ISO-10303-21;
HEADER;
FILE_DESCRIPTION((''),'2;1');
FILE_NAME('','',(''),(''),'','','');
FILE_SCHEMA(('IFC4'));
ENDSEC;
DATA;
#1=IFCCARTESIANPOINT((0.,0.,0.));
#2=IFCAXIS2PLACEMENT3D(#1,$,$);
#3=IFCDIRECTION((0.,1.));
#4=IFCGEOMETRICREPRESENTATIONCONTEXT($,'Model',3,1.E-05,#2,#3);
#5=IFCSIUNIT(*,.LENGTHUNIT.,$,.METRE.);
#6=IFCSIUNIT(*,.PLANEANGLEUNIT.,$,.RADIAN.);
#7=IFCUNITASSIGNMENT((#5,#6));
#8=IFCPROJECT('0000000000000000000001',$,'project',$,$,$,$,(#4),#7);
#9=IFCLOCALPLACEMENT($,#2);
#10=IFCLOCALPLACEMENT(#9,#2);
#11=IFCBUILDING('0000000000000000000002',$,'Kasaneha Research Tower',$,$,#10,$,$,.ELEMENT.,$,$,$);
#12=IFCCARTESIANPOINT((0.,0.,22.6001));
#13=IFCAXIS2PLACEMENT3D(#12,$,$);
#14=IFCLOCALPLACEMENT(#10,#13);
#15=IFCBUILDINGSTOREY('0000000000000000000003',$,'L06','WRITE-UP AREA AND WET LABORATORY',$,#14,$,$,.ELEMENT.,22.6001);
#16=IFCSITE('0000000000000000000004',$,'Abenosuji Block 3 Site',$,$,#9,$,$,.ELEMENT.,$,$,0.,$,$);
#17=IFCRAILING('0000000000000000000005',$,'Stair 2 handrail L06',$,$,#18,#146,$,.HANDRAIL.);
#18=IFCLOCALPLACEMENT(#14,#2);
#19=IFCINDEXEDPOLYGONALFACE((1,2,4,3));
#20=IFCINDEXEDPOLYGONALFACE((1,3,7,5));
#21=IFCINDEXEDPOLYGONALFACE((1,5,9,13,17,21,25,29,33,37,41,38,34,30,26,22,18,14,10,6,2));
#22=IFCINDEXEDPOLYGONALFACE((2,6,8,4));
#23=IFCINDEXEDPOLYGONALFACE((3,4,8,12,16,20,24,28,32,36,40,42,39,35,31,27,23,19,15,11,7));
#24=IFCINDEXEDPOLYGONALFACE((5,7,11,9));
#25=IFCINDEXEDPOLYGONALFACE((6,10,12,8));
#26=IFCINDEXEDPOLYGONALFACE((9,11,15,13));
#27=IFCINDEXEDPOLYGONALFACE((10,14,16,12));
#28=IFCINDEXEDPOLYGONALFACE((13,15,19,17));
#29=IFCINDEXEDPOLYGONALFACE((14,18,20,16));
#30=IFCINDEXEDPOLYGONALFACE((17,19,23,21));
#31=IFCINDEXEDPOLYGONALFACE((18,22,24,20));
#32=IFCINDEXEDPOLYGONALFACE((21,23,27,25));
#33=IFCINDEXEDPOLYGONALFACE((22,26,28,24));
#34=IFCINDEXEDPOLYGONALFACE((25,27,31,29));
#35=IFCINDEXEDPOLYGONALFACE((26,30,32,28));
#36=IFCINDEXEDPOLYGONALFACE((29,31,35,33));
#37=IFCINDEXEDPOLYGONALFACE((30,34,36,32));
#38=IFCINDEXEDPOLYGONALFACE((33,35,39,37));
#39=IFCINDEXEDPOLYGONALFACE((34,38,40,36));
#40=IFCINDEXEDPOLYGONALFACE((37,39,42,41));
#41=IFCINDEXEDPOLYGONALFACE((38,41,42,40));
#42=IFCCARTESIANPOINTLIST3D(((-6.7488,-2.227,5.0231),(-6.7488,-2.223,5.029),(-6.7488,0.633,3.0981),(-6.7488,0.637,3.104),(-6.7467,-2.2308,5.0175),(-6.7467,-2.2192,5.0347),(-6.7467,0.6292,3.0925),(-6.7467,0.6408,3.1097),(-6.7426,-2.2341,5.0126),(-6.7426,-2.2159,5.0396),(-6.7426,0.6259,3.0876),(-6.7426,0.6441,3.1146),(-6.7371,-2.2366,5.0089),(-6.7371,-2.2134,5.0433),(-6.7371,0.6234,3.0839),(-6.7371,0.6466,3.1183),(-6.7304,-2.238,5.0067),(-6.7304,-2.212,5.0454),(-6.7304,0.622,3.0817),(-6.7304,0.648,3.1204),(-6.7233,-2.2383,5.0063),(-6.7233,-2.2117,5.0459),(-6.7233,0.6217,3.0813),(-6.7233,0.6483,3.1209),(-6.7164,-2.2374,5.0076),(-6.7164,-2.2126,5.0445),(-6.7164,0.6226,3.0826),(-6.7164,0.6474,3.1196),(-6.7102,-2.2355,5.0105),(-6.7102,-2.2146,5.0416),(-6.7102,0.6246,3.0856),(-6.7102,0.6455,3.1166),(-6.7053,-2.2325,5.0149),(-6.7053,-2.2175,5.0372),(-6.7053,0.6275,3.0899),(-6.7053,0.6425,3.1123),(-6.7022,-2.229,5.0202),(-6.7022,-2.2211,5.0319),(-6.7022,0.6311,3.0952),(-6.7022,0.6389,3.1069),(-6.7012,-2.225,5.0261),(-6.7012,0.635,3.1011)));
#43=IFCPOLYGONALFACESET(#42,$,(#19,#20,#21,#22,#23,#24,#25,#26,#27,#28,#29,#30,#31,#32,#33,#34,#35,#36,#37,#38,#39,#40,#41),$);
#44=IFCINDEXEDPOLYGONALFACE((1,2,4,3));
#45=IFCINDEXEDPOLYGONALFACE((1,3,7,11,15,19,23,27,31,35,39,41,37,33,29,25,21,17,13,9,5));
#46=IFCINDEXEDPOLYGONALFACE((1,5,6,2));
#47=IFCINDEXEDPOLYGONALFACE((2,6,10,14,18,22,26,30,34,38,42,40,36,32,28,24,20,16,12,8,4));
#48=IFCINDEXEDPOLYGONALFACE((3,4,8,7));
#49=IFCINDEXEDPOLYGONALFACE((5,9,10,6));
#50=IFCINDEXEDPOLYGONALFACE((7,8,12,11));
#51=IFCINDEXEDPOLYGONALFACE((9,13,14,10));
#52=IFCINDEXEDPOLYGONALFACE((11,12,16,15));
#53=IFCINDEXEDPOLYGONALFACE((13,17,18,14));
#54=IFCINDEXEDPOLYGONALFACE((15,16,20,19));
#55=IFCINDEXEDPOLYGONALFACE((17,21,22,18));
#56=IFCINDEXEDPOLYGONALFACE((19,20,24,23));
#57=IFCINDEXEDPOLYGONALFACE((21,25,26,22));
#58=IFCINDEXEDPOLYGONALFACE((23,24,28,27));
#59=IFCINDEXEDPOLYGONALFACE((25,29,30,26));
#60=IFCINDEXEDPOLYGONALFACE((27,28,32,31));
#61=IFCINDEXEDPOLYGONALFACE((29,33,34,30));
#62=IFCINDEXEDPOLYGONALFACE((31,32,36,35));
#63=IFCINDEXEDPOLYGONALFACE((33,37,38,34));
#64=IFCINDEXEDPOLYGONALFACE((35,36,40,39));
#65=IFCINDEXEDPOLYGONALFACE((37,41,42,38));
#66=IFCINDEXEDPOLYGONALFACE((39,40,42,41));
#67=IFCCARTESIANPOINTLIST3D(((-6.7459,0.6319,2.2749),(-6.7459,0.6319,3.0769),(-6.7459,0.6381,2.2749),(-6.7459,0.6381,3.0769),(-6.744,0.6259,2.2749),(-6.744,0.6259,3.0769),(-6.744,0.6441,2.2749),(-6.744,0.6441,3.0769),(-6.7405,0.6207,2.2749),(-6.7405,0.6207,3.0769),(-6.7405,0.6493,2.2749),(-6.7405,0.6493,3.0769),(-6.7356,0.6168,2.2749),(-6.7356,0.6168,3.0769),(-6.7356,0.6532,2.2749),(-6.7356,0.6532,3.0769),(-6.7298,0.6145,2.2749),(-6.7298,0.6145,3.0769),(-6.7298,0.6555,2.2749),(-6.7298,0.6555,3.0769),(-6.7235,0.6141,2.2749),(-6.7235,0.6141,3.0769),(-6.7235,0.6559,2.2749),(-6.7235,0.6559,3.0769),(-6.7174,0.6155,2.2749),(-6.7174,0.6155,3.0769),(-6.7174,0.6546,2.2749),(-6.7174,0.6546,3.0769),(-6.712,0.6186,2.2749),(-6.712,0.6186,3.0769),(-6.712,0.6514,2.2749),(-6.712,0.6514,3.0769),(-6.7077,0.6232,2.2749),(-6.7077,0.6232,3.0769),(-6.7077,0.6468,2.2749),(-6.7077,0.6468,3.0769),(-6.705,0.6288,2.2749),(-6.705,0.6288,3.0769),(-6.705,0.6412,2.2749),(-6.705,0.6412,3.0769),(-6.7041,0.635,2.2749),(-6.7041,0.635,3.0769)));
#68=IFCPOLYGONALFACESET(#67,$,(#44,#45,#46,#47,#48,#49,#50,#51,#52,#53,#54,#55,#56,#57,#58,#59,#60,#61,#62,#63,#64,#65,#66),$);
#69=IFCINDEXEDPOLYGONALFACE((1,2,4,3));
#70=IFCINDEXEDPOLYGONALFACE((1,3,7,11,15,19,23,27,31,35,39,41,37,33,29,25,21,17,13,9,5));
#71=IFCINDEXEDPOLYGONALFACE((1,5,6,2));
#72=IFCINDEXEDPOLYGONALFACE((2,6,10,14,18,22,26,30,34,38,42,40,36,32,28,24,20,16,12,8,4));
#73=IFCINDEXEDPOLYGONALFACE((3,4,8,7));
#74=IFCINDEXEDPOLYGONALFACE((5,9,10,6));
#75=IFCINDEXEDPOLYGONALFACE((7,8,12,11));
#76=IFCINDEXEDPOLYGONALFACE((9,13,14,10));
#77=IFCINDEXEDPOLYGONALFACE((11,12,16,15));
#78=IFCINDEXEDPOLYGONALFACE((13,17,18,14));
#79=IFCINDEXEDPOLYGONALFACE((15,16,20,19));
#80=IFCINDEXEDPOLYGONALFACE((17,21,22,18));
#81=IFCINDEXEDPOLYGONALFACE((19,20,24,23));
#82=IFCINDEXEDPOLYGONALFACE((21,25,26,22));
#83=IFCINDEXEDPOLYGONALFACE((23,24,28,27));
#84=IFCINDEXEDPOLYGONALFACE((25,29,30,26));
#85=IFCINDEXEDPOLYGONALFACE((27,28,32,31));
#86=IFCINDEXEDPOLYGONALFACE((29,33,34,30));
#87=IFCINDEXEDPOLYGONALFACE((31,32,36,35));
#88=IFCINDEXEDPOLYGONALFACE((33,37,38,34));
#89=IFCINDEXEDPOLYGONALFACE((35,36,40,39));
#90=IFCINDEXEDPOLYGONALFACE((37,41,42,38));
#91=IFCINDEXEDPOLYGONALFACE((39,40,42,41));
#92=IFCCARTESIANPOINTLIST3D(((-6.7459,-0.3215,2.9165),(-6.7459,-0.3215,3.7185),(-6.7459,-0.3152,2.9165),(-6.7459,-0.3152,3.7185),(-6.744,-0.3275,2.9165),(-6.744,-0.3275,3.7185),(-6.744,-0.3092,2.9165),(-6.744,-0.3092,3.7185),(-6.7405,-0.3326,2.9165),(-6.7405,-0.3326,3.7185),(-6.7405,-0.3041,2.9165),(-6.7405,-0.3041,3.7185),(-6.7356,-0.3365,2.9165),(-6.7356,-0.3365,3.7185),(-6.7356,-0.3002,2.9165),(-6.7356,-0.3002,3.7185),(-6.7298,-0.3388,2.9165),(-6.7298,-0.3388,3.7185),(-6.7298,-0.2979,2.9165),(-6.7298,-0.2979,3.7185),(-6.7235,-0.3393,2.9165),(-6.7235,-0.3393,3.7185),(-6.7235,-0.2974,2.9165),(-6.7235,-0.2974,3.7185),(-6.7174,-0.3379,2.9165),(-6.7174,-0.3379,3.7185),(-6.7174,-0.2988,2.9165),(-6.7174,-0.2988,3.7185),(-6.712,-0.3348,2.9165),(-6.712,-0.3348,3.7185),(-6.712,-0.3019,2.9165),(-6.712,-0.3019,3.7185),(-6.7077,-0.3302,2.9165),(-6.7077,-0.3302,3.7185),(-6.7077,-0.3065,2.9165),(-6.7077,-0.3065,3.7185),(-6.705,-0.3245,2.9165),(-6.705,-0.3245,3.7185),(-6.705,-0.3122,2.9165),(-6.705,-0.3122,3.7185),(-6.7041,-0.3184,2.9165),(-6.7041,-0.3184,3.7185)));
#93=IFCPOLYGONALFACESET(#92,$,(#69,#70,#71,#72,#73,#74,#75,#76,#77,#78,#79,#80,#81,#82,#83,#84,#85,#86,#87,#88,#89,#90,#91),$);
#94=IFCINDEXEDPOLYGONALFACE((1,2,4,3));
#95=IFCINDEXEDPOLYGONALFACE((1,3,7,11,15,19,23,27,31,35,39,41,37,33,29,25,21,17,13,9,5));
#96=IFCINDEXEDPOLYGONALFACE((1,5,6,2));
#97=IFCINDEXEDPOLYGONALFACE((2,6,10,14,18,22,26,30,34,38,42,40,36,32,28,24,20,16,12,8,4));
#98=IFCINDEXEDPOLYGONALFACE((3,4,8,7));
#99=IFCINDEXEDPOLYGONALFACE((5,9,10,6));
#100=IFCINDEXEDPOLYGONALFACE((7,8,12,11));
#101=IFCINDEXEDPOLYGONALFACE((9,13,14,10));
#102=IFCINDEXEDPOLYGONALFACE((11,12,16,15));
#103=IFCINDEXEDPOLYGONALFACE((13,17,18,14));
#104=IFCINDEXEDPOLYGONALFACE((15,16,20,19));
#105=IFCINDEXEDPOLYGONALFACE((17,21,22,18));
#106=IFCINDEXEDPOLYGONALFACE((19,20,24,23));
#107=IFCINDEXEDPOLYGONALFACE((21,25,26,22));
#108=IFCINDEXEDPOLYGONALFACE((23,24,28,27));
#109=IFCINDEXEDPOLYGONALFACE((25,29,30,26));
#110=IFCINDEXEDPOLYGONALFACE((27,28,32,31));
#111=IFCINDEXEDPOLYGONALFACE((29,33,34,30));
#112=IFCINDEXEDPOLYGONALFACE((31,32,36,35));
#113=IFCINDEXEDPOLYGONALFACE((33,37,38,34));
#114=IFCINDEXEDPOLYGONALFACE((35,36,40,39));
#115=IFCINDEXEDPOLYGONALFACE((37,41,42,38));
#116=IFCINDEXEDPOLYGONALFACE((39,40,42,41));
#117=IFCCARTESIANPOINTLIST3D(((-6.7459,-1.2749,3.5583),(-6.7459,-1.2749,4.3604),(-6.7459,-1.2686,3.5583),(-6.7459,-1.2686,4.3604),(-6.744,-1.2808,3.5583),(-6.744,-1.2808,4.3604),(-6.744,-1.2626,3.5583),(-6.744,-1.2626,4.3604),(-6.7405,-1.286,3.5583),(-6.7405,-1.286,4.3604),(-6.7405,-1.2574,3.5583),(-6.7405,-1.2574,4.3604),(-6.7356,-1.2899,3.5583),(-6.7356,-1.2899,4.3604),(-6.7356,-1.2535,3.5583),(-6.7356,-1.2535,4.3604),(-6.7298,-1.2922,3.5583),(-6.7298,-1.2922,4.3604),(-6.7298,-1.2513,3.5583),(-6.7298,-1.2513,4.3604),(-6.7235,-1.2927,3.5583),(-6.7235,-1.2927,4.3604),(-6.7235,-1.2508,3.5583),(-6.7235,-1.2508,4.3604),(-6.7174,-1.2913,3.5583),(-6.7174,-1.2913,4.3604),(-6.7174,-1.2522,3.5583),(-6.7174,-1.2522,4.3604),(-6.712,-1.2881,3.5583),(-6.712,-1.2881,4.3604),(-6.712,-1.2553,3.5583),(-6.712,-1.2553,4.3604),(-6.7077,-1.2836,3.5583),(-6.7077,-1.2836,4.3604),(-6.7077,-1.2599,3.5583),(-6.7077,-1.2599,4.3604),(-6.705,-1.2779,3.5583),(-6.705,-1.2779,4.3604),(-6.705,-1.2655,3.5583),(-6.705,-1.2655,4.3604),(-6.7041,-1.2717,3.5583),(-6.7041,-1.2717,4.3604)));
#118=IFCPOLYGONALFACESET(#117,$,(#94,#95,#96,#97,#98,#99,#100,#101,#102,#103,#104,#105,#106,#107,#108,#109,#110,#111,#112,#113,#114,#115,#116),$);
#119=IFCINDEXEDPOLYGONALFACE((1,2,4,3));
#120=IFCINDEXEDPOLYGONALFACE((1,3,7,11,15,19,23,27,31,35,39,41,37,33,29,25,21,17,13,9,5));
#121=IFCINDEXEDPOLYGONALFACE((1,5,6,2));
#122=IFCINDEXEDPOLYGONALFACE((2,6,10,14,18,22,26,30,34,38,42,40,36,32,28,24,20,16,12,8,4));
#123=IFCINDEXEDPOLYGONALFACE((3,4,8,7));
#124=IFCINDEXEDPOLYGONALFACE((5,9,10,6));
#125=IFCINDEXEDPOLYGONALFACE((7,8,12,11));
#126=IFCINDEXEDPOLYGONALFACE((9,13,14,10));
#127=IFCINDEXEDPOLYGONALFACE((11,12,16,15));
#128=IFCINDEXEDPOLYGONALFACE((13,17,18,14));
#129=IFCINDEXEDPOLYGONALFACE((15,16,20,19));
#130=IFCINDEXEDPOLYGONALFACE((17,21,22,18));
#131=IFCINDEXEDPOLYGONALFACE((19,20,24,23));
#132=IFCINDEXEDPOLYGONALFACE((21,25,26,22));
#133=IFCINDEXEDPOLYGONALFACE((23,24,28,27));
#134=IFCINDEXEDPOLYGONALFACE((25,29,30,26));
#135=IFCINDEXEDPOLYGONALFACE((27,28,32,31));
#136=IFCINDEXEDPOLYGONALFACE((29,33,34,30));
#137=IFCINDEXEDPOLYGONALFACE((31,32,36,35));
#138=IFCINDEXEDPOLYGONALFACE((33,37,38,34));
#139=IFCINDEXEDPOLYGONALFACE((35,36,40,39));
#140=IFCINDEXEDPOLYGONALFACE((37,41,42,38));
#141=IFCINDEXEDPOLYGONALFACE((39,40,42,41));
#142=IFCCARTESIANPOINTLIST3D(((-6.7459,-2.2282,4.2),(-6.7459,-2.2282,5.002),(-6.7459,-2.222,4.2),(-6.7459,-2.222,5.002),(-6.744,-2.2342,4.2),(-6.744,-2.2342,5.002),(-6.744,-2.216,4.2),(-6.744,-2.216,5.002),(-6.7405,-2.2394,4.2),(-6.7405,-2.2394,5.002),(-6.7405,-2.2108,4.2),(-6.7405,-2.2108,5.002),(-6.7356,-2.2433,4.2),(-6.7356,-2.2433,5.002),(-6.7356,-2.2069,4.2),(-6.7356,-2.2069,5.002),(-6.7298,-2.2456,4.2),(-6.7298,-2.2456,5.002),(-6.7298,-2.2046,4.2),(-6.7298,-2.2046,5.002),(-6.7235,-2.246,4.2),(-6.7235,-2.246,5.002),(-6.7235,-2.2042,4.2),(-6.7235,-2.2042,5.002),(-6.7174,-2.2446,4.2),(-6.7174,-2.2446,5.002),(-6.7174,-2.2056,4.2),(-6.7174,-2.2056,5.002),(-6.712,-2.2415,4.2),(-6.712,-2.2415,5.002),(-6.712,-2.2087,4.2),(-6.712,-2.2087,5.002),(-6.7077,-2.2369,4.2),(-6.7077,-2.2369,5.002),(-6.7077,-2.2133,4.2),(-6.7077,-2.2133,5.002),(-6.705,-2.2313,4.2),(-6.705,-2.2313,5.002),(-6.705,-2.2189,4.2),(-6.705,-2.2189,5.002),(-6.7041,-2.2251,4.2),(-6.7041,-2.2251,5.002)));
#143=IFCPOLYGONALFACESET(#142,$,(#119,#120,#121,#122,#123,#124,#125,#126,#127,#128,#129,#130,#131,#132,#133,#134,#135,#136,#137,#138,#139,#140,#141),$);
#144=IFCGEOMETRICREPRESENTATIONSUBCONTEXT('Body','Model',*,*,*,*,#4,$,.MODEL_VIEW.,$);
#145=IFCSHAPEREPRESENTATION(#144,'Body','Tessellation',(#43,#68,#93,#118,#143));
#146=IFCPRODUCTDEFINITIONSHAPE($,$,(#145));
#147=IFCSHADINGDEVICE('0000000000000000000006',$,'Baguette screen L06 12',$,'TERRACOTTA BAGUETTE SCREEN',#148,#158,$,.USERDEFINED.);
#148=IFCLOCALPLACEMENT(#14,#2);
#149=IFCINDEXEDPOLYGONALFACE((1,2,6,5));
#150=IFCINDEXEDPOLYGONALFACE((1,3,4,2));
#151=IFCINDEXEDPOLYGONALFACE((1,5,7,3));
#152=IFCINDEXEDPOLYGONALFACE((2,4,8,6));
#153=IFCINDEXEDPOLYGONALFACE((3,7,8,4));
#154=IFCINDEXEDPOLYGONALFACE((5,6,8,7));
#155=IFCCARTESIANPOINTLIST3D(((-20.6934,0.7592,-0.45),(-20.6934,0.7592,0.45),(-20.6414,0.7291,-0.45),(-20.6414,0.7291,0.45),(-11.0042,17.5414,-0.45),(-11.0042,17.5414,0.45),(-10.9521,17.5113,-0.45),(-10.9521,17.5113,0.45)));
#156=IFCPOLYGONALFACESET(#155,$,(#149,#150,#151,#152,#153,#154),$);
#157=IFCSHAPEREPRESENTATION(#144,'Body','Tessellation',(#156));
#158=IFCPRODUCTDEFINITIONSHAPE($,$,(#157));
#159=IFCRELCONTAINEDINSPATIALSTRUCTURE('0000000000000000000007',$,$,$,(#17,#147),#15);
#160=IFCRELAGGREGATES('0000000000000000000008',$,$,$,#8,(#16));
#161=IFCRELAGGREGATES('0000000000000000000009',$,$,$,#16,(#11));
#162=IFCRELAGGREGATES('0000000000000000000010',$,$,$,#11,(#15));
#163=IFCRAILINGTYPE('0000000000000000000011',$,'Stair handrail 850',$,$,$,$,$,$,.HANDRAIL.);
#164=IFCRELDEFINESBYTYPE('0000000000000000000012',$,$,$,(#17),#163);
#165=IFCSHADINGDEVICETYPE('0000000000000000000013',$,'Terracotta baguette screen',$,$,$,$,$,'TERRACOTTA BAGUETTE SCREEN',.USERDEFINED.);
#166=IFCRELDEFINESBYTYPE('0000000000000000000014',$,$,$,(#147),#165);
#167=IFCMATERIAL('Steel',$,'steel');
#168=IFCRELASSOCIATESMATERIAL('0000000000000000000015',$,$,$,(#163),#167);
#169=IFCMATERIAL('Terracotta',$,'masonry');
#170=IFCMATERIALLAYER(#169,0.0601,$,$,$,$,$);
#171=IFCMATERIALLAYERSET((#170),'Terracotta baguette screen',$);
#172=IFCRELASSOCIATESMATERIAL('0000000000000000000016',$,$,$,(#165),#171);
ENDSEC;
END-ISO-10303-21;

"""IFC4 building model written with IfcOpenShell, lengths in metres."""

from ifc_helpers import new_model, si_unit, direction, frame, origin, origin_2d, place, context, subcontext, project, spatial, rectangle, circle, extrude, material, layer, layer_set, type_object, element, save


model = new_model("IFC4")

# Units and contexts
model_context = context("Model", 3, precision=1e-05, world=origin(), true_north=direction((0.0, 1.0)))
body_context = subcontext(model_context, "Body", "Model", "MODEL_VIEW")
ifc_project = project(units=[si_unit("LENGTHUNIT", "METRE"), si_unit("PLANEANGLEUNIT", "RADIAN")], contexts=[model_context])

# Site, building, storey
site_placement = place(None, origin())
site = spatial("IfcSite", under=ifc_project, at=site_placement, Name="Abenosuji Block 3 Site", CompositionType="ELEMENT", RefElevation=0.0)
building_placement = place(site_placement, origin())
building = spatial("IfcBuilding", under=site, at=building_placement, Name="Kasaneha Research Tower", CompositionType="ELEMENT")
storey_placement = place(building_placement, frame((0.0, 0.0, 22.6001)))
storey = spatial("IfcBuildingStorey", under=building, at=storey_placement, Name="L06", Description="WRITE-UP AREA AND WET LABORATORY", CompositionType="ELEMENT", Elevation=22.6001)

# Railing
ifc_material_1 = material(Name="Steel", Category="steel")
railing_type_1 = type_object("IfcRailingType", Name="Stair handrail 850", PredefinedType="HANDRAIL", material=ifc_material_1)
railing_1_placement = place(storey_placement, frame((-6.7251, 0.635, 2.2749)))
element("IfcRailing", 1, at=railing_1_placement, inside=storey, type_object=railing_type_1, Name="Stair 2 handrail L06", PredefinedType="HANDRAIL", context=body_context, shape_type="SweptSolid", body=[
    extrude(circle(Radius=0.0239, at=origin_2d()), frame((0.0, 0.0, 0.8262), z_axis=(0.0, -0.829591, 0.558372), x_axis=(1.0, 0.0, 0.0)), (0.0, 0.0, 1.0), 3.4475),
    extrude(circle(Radius=0.021, at=origin_2d()), origin(), (0.0, 0.0, 1.0), 0.802),
    extrude(circle(Radius=0.021, at=origin_2d()), frame((0.0, -0.9534, 0.6416)), (0.0, 0.0, 1.0), 0.802),
    extrude(circle(Radius=0.021, at=origin_2d()), frame((0.0, -1.9067, 1.2834)), (0.0, 0.0, 1.0), 0.802),
    extrude(circle(Radius=0.021, at=origin_2d()), frame((0.0, -2.8601, 1.925)), (0.0, 0.0, 1.0), 0.802),
])

# Shading device
ifc_material_2 = material(Name="Terracotta", Category="masonry")
ifc_layer_1 = layer(ifc_material_2, 0.0601)
ifc_layer_set_1 = layer_set([ifc_layer_1], Name="Terracotta baguette screen")
shading_device_type = type_object("IfcShadingDeviceType", Name="Terracotta baguette screen", ElementType="TERRACOTTA BAGUETTE SCREEN", PredefinedType="USERDEFINED", material=ifc_layer_set_1)
shading_device_placement = place(storey_placement, frame((-15.8228, 9.1353, -0.45), z_axis=(0.0, 0.0, 1.0), x_axis=(-0.5, -0.866025, 0.0)))
element("IfcShadingDevice", 2, at=shading_device_placement, inside=storey, type_object=shading_device_type, Name="Baguette screen L06 12", ObjectType="TERRACOTTA BAGUETTE SCREEN", PredefinedType="USERDEFINED", context=body_context, shape_type="SweptSolid", body=[
    extrude(rectangle(XDim=19.3784, YDim=0.0601, at=origin_2d()), origin(), (0.0, 0.0, 1.0), 0.8999),
])

save(model, "model.ifc")
